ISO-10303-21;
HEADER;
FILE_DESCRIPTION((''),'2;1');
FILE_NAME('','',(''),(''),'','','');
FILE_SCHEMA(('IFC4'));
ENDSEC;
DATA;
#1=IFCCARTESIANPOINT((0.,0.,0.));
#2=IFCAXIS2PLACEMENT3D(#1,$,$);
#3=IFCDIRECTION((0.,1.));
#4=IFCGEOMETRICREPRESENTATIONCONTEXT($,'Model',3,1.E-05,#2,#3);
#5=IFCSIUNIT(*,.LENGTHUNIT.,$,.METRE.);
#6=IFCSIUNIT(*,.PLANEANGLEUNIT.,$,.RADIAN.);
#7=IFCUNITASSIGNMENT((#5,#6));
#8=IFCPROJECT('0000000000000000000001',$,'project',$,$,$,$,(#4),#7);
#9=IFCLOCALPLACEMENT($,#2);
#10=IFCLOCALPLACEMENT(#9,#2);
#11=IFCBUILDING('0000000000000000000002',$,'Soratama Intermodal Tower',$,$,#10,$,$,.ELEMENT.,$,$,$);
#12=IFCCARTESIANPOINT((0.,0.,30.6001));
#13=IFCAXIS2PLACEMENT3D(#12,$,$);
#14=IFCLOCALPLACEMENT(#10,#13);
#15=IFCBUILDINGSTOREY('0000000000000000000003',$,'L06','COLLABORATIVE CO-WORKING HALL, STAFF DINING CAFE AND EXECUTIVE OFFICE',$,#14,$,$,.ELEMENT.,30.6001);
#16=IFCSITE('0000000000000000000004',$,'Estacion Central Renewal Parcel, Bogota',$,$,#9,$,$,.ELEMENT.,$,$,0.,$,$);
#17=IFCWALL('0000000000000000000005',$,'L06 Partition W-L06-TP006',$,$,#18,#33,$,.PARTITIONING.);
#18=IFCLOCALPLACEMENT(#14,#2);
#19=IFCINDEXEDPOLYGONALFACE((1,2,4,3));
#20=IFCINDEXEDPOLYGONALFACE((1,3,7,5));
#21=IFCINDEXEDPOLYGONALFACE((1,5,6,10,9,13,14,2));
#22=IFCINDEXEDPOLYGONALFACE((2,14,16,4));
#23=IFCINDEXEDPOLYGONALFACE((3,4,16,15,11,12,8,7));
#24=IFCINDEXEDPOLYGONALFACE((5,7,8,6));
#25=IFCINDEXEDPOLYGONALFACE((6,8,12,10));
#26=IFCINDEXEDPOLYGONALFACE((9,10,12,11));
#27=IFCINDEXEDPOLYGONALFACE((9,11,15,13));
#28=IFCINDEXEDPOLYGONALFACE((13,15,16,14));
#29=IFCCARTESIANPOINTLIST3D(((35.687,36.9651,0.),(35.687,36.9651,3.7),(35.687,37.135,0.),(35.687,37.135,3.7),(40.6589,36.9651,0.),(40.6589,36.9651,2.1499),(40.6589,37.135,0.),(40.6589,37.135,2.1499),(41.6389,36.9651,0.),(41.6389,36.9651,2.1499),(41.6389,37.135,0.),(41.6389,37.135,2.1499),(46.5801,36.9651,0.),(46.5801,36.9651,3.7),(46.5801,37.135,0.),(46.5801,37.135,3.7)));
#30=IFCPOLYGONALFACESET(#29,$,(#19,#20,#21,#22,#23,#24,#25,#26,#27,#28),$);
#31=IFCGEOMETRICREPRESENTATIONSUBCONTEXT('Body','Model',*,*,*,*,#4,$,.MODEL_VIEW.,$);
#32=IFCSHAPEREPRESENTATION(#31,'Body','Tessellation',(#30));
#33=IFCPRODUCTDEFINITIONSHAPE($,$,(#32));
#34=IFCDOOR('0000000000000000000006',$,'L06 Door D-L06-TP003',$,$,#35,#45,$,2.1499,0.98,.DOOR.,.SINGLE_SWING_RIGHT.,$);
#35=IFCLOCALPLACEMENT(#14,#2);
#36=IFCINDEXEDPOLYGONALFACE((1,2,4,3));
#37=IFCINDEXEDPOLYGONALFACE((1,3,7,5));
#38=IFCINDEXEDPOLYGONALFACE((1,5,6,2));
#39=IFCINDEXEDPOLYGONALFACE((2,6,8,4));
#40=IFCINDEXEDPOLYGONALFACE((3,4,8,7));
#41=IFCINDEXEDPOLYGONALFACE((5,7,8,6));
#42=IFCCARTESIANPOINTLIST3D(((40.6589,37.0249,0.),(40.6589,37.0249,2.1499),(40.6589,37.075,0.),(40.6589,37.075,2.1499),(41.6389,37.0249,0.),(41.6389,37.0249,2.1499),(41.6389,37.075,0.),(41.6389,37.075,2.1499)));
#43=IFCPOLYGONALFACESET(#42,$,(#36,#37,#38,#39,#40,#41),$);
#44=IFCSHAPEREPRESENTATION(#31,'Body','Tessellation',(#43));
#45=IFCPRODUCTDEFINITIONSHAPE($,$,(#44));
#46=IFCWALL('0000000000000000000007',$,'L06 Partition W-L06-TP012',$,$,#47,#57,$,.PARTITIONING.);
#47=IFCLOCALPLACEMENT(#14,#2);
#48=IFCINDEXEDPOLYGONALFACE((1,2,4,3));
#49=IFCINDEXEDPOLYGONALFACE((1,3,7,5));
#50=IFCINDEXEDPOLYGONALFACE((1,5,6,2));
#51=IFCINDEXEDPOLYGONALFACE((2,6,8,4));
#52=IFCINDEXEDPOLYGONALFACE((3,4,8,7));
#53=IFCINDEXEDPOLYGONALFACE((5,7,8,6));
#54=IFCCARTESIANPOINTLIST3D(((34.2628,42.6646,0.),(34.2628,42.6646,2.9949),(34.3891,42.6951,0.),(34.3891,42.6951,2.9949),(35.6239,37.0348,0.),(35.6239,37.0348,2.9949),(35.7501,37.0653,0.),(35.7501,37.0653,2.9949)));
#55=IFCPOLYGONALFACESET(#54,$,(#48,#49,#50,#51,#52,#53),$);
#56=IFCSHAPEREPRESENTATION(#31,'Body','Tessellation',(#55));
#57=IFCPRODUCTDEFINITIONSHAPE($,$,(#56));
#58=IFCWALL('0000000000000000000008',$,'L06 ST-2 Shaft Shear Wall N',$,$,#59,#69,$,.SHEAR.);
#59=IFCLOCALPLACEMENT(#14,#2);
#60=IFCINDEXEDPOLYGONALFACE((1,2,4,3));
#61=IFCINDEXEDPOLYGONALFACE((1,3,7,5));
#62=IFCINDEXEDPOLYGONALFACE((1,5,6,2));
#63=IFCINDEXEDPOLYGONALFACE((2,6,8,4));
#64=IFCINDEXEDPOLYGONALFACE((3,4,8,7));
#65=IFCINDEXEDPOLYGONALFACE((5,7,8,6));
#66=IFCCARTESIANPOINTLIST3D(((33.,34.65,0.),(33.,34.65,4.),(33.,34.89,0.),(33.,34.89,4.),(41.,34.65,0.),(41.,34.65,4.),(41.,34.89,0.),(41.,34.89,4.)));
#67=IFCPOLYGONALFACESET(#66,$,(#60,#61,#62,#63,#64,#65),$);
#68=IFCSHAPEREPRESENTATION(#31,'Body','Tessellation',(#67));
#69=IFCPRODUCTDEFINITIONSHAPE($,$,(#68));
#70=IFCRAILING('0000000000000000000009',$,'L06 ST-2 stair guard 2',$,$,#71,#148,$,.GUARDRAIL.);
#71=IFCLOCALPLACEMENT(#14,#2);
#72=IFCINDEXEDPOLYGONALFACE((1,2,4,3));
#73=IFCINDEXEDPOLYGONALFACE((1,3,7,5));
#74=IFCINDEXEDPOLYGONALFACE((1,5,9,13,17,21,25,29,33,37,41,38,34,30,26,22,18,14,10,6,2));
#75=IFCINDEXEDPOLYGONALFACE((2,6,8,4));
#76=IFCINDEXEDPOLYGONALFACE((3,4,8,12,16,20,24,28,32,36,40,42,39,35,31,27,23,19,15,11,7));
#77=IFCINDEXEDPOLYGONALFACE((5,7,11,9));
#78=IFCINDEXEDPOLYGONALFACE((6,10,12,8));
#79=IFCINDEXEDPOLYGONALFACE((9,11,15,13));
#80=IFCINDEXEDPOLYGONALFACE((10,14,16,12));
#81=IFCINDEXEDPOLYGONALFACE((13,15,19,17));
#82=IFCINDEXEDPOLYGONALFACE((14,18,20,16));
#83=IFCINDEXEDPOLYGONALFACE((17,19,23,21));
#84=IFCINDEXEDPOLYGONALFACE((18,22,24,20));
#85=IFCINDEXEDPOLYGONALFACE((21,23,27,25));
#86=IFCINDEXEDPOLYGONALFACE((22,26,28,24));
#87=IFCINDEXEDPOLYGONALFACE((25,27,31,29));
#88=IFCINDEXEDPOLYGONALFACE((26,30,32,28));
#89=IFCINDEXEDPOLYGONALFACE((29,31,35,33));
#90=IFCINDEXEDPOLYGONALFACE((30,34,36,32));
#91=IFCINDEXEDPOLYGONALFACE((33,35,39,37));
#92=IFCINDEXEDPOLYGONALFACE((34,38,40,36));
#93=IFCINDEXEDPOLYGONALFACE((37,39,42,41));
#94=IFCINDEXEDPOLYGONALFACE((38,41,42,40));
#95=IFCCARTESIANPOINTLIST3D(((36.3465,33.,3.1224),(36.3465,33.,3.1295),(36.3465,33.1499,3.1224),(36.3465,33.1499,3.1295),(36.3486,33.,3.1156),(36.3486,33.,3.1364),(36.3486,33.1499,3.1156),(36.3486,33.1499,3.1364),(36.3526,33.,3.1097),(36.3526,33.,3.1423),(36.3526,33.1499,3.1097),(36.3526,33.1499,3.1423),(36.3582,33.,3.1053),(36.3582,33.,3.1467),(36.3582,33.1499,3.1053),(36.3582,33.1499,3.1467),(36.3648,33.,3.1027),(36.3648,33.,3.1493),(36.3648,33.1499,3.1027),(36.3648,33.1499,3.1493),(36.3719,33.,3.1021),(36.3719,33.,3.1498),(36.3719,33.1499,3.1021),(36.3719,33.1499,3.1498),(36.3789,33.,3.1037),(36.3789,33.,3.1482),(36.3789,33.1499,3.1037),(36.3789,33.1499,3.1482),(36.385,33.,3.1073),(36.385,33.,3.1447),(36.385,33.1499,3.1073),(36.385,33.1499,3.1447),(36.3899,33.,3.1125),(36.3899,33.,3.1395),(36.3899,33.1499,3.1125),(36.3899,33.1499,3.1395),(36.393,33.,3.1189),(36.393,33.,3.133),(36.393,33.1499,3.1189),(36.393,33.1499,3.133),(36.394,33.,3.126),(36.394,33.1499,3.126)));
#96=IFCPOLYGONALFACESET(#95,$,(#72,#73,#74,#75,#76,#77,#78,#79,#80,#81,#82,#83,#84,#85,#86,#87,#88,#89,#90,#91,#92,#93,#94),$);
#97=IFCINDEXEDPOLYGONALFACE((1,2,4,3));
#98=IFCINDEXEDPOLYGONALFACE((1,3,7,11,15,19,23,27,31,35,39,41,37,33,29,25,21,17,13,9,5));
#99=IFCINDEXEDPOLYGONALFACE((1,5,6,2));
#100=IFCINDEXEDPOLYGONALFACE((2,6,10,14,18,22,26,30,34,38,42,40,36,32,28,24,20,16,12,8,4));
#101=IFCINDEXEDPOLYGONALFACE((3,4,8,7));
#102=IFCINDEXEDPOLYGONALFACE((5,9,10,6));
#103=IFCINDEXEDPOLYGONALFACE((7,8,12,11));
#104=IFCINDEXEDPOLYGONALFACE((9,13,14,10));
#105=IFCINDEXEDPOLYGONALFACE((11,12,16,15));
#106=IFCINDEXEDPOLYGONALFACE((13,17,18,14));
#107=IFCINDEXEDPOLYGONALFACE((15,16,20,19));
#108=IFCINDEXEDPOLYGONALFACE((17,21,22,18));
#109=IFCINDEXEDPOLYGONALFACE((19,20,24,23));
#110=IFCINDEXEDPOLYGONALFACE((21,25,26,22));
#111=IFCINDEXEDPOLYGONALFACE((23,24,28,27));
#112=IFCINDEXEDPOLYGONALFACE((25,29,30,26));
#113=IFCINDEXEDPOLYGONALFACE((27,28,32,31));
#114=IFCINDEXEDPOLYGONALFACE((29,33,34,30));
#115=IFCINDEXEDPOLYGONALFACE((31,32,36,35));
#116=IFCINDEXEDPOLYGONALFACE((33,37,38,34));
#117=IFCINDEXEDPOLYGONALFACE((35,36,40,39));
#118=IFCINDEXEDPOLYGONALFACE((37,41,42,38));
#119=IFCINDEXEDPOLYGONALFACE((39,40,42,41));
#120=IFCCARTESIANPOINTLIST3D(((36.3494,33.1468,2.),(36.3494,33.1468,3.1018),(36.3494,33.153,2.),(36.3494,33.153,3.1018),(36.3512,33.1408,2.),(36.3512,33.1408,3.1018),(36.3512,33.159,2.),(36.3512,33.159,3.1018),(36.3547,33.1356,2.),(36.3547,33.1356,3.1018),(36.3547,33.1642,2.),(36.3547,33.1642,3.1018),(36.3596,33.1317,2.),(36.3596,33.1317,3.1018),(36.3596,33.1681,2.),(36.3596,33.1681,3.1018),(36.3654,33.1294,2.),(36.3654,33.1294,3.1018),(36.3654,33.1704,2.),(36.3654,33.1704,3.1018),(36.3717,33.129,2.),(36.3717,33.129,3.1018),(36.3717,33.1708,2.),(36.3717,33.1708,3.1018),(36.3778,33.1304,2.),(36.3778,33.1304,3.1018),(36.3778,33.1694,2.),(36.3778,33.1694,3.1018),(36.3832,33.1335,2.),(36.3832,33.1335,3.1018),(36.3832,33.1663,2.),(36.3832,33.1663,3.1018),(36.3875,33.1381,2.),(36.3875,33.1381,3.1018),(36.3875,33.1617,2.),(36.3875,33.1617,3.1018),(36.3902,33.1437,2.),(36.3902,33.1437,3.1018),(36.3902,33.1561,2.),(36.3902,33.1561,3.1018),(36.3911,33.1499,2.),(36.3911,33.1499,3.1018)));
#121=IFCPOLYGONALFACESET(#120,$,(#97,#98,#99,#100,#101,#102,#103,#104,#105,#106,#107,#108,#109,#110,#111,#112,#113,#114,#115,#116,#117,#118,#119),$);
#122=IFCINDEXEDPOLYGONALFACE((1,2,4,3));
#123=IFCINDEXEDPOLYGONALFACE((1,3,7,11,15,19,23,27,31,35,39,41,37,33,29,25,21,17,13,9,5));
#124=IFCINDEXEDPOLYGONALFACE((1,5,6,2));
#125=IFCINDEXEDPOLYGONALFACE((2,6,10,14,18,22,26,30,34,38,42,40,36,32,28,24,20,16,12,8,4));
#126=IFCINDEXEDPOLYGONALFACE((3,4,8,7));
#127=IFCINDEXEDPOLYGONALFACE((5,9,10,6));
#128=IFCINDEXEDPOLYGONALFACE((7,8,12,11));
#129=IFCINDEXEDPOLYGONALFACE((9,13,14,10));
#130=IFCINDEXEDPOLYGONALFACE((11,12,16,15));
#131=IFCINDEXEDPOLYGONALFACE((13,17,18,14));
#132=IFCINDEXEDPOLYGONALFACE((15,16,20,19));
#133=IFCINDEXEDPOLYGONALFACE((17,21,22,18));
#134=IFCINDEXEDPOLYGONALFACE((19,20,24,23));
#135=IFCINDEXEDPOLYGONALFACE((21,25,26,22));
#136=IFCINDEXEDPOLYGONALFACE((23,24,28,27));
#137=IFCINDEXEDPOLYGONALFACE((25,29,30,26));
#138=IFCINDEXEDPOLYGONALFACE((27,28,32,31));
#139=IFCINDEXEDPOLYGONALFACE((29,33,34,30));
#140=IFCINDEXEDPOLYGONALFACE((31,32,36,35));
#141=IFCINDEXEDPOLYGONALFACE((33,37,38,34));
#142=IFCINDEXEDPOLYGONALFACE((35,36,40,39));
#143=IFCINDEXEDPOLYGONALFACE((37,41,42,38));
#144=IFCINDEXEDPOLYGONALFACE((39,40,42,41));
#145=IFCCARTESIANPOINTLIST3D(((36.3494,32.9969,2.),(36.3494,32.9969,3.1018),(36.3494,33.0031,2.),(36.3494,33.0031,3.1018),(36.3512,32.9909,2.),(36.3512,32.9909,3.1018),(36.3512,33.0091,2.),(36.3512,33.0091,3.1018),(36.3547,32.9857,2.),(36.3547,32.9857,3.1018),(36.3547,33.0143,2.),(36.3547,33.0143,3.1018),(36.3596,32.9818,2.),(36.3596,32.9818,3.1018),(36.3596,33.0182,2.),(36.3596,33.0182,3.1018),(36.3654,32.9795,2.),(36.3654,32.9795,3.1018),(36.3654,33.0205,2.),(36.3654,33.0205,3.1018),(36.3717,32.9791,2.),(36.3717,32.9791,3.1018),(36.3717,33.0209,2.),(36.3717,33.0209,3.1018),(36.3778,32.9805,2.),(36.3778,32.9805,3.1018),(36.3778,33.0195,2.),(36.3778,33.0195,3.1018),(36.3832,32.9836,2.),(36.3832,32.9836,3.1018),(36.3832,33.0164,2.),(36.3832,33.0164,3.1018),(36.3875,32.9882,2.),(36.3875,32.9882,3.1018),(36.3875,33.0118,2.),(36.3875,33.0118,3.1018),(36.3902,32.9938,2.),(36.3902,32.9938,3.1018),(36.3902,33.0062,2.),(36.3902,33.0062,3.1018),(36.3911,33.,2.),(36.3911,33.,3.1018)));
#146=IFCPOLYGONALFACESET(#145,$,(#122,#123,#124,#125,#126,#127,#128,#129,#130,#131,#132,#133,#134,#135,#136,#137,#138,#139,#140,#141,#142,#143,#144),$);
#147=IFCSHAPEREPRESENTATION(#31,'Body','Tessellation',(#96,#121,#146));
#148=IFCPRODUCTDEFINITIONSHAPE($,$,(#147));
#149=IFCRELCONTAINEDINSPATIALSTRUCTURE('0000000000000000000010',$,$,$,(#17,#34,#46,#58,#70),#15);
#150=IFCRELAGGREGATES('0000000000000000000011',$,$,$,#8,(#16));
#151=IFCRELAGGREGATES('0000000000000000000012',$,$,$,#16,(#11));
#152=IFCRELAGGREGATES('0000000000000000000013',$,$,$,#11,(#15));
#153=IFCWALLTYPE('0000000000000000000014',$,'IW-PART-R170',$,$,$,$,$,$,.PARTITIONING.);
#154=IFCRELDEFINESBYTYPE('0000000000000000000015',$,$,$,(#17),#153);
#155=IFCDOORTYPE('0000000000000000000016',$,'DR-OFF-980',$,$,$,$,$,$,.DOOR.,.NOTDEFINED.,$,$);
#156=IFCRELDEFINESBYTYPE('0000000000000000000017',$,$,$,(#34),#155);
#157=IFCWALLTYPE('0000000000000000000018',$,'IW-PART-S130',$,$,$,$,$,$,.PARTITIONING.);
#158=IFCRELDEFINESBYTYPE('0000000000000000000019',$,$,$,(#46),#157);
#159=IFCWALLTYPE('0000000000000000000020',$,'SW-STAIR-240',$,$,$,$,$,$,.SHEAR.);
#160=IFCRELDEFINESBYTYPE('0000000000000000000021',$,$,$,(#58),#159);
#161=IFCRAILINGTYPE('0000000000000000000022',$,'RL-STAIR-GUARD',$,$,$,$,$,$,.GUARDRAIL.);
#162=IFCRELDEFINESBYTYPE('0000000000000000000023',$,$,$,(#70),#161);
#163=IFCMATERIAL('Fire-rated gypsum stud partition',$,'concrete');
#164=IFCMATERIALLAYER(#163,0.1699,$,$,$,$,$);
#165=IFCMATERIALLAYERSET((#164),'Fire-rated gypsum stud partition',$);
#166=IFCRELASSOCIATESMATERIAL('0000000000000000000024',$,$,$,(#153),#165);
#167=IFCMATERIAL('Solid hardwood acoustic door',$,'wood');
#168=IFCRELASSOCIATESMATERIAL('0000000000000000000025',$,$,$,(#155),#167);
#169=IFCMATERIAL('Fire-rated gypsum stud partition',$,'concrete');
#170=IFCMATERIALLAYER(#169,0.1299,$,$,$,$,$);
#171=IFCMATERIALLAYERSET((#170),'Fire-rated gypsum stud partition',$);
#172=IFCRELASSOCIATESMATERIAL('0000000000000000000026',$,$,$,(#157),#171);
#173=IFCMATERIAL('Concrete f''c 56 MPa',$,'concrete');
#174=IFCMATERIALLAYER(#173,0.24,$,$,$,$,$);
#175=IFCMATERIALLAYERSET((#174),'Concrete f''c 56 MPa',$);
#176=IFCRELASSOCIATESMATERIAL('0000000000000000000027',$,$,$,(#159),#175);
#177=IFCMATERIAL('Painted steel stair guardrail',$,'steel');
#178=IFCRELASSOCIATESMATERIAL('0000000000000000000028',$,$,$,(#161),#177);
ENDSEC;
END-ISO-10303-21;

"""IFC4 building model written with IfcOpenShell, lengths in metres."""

from ifc_helpers import new_model, si_unit, direction, frame, frame_2d, origin, origin_2d, place, context, subcontext, project, spatial, rectangle, circle, extrude, material, layer, layer_set, type_object, element, fill, save


model = new_model("IFC4")

# Units and contexts
model_context = context("Model", 3, precision=1e-05, world=origin(), true_north=direction((0.0, 1.0)))
body_context = subcontext(model_context, "Body", "Model", "MODEL_VIEW")
ifc_project = project(units=[si_unit("LENGTHUNIT", "METRE"), si_unit("PLANEANGLEUNIT", "RADIAN")], contexts=[model_context])

# Site, building, storey
site_placement = place(None, origin())
site = spatial("IfcSite", under=ifc_project, at=site_placement, Name="Estacion Central Renewal Parcel, Bogota", CompositionType="ELEMENT", RefElevation=0.0)
building_placement = place(site_placement, origin())
building = spatial("IfcBuilding", under=site, at=building_placement, Name="Soratama Intermodal Tower", CompositionType="ELEMENT")
storey_placement = place(building_placement, frame((0.0, 0.0, 30.6001)))
storey = spatial("IfcBuildingStorey", under=building, at=storey_placement, Name="L06", Description="COLLABORATIVE CO-WORKING HALL, STAFF DINING CAFE AND EXECUTIVE OFFICE", CompositionType="ELEMENT", Elevation=30.6001)

# Wall, opening, door
ifc_material_1 = material(Name="Fire-rated gypsum stud partition", Category="concrete")
ifc_layer_1 = layer(ifc_material_1, 0.1699)
ifc_layer_set_1 = layer_set([ifc_layer_1], Name="Fire-rated gypsum stud partition")
wall_type_1 = type_object("IfcWallType", Name="IW-PART-R170", PredefinedType="PARTITIONING", material=ifc_layer_set_1)
wall_1_placement = place(storey_placement, frame((35.687, 37.05, 0.0), z_axis=(0.0, 0.0, 1.0), x_axis=(1.0, 0.0, 0.0)))
wall_1 = element("IfcWall", 1, at=wall_1_placement, inside=storey, type_object=wall_type_1, Name="L06 Partition W-L06-TP006", PredefinedType="PARTITIONING", context=body_context, shape_type="SweptSolid", body=[
    extrude(rectangle(XDim=10.8931, YDim=0.1699, at=frame_2d((5.4465, 0.0))), origin(), (0.0, 0.0, 1.0), 3.7),
])
opening_placement = place(wall_1_placement, frame((4.9719, 0.0, 0.0)))
opening = element("IfcOpeningElement", 2, at=opening_placement, cuts=wall_1, PredefinedType="OPENING", context=body_context, shape_type="SweptSolid", body=[
    extrude(rectangle(XDim=0.98, YDim=2.1499, at=frame_2d((0.49, 1.075))), frame((0.0, 0.095, 0.0), z_axis=(0.0, -1.0, 0.0), x_axis=(1.0, 0.0, 0.0)), (0.0, 0.0, 1.0), 0.1899),
])
ifc_material_2 = material(Name="Solid hardwood acoustic door", Category="wood")
door_type = type_object("IfcDoorType", Name="DR-OFF-980", OperationType="NOTDEFINED", PredefinedType="DOOR", material=ifc_material_2)
door_placement = place(opening_placement, origin())
door = element("IfcDoor", 3, at=door_placement, inside=storey, type_object=door_type, Name="L06 Door D-L06-TP003", OperationType="SINGLE_SWING_RIGHT", OverallHeight=2.1499, OverallWidth=0.98, PredefinedType="DOOR", context=body_context, shape_type="SweptSolid", body=[
    extrude(rectangle(XDim=0.98, YDim=2.1499, at=frame_2d((0.49, 1.075))), frame((0.0, 0.0249, 0.0), z_axis=(0.0, -1.0, 0.0), x_axis=(1.0, 0.0, 0.0)), (0.0, 0.0, 1.0), 0.05),
])
fill(opening, door)

# Walls
ifc_material_3 = material(Name="Fire-rated gypsum stud partition", Category="concrete")
ifc_layer_2 = layer(ifc_material_3, 0.1299)
ifc_layer_set_2 = layer_set([ifc_layer_2], Name="Fire-rated gypsum stud partition")
wall_type_2 = type_object("IfcWallType", Name="IW-PART-S130", PredefinedType="PARTITIONING", material=ifc_layer_set_2)
wall_2_placement = place(storey_placement, frame((35.687, 37.05, 0.0), z_axis=(0.0, 0.0, 1.0), x_axis=(-0.234991, 0.971998, 0.0)))
element("IfcWall", 4, at=wall_2_placement, inside=storey, type_object=wall_type_2, Name="L06 Partition W-L06-TP012", PredefinedType="PARTITIONING", context=body_context, shape_type="SweptSolid", body=[
    extrude(rectangle(XDim=5.792, YDim=0.1299, at=frame_2d((2.896, 0.0))), origin(), (0.0, 0.0, 1.0), 2.9949),
])
ifc_material_4 = material(Name="Concrete f'c 56 MPa", Category="concrete")
ifc_layer_3 = layer(ifc_material_4, 0.24)
ifc_layer_set_3 = layer_set([ifc_layer_3], Name="Concrete f'c 56 MPa")
wall_type_3 = type_object("IfcWallType", Name="SW-STAIR-240", PredefinedType="SHEAR", material=ifc_layer_set_3)
wall_3_placement = place(storey_placement, frame((33.0, 34.77, 0.0), z_axis=(0.0, 0.0, 1.0), x_axis=(1.0, 0.0, 0.0)))
element("IfcWall", 5, at=wall_3_placement, inside=storey, type_object=wall_type_3, Name="L06 ST-2 Shaft Shear Wall N", PredefinedType="SHEAR", context=body_context, shape_type="SweptSolid", body=[
    extrude(rectangle(XDim=8.0, YDim=0.24, at=frame_2d((4.0, 0.0))), origin(), (0.0, 0.0, 1.0), 4.0),
])

# Railing
ifc_material_5 = material(Name="Painted steel stair guardrail", Category="steel")
railing_type = type_object("IfcRailingType", Name="RL-STAIR-GUARD", PredefinedType="GUARDRAIL", material=ifc_material_5)
railing_1_placement = place(storey_placement, frame((36.3701, 33.1499, 2.0)))
element("IfcRailing", 6, at=railing_1_placement, inside=storey, type_object=railing_type, Name="L06 ST-2 stair guard 2", PredefinedType="GUARDRAIL", context=body_context, shape_type="SweptSolid", body=[
    extrude(circle(Radius=0.0239, at=origin_2d()), frame((0.0, 0.0, 1.126), z_axis=(0.0, -1.0, 0.0), x_axis=(1.0, 0.0, 0.0)), (0.0, 0.0, 1.0), 0.1499),
    extrude(circle(Radius=0.021, at=origin_2d()), origin(), (0.0, 0.0, 1.0), 1.1018),
    extrude(circle(Radius=0.021, at=origin_2d()), frame((0.0, -0.1499, 0.0)), (0.0, 0.0, 1.0), 1.1018),
])

save(model, "model.ifc")
